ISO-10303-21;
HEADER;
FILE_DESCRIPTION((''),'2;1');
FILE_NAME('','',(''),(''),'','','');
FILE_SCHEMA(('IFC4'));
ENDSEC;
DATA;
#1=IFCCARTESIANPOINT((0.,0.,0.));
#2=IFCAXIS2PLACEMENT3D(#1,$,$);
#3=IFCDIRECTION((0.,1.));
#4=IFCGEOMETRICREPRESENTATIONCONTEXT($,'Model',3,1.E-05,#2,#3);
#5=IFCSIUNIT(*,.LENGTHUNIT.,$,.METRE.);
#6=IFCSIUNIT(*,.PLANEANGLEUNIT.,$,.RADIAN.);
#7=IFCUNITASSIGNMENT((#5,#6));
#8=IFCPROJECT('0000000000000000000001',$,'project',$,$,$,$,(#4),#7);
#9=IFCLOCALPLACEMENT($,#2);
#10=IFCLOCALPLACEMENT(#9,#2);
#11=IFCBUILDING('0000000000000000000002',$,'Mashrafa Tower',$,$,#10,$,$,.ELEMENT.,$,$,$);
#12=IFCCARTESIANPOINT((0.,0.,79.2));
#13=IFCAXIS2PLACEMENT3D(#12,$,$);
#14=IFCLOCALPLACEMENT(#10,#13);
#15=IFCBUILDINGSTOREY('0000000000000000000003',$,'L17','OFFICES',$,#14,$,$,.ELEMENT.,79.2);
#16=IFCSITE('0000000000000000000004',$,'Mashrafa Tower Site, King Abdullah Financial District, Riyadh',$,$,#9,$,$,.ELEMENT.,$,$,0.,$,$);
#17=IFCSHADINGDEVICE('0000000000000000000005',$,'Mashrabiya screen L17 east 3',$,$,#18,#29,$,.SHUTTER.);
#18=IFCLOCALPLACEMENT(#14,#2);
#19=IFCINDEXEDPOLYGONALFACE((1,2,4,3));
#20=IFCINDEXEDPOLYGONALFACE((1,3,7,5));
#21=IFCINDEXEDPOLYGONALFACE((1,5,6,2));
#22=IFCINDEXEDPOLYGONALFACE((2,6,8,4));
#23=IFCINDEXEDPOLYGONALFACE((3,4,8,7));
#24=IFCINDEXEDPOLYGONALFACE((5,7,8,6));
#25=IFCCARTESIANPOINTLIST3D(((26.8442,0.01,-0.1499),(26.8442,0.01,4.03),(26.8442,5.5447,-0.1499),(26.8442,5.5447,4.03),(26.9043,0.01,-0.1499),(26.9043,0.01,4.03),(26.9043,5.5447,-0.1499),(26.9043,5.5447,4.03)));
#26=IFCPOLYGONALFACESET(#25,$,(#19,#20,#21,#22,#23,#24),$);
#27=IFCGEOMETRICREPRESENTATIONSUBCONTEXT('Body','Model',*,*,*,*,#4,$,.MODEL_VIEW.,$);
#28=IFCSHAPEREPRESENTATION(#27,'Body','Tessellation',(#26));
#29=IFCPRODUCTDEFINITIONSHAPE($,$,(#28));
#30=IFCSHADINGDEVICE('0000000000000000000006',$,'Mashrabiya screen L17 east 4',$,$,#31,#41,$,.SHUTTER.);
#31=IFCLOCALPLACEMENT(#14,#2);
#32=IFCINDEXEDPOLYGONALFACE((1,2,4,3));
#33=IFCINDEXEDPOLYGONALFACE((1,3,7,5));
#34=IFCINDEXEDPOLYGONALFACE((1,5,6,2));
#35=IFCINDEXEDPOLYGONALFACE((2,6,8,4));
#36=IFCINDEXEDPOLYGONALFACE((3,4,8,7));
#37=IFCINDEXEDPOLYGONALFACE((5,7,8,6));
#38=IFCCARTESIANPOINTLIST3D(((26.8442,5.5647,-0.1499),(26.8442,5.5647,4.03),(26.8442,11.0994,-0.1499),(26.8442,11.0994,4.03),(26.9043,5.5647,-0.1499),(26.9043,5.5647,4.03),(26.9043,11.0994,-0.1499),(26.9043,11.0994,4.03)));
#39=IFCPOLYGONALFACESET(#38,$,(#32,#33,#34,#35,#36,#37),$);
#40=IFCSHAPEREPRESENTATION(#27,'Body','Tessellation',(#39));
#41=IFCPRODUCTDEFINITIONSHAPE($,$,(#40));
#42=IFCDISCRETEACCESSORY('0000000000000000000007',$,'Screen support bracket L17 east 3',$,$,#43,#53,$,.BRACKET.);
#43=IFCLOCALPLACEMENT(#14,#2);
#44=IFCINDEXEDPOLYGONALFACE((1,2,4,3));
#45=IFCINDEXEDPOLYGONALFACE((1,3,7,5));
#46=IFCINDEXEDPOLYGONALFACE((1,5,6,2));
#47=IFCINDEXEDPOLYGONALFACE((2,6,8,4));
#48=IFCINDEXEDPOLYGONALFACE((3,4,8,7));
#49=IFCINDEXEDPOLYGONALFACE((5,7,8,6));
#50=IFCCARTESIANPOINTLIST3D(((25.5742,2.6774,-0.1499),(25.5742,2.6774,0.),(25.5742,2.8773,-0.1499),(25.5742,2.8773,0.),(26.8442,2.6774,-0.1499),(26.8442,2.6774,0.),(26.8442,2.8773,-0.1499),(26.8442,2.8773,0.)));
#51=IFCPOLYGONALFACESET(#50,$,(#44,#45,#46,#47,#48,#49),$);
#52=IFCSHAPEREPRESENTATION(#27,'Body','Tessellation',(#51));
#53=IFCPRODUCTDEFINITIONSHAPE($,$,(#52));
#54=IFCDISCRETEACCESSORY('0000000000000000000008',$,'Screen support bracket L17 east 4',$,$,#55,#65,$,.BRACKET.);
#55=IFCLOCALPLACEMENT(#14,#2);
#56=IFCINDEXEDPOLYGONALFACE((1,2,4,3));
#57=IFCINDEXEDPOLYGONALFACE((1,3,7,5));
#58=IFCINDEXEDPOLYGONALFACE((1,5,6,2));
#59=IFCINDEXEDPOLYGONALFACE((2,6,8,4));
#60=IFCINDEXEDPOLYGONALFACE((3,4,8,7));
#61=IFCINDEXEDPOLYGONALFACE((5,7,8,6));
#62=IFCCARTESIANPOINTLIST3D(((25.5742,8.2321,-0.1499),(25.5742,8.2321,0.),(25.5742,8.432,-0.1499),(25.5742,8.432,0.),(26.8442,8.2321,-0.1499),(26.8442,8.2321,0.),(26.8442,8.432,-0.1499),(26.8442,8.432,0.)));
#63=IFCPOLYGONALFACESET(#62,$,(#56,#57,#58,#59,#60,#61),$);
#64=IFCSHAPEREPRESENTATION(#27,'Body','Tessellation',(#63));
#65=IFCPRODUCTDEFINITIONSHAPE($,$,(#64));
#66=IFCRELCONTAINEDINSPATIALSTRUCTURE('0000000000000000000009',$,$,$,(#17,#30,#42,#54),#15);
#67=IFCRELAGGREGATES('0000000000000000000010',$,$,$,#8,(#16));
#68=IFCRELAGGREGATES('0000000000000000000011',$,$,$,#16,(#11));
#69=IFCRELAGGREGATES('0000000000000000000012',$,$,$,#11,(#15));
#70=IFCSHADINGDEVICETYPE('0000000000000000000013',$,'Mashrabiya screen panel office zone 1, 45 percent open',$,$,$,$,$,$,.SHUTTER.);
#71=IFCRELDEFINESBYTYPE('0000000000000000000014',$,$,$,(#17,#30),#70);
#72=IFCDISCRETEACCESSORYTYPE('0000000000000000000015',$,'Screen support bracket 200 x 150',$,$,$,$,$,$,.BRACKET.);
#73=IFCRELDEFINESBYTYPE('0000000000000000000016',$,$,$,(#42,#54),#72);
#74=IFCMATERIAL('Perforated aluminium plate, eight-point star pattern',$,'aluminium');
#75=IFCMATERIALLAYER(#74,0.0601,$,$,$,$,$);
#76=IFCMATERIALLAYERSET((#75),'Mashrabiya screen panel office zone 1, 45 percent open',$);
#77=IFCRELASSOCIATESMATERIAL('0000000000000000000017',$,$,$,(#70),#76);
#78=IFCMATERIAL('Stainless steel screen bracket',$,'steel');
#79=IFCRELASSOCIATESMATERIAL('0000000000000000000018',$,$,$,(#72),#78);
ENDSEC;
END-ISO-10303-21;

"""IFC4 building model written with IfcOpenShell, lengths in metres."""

from ifc_helpers import new_model, si_unit, direction, frame, origin, origin_2d, place, context, subcontext, project, spatial, rectangle, extrude, source, transform, mapped, material, layer, layer_set, type_object, type_shapes, element, save


model = new_model("IFC4")

# Units and contexts
model_context = context("Model", 3, precision=1e-05, world=origin(), true_north=direction((0.0, 1.0)))
body_context = subcontext(model_context, "Body", "Model", "MODEL_VIEW")
ifc_project = project(units=[si_unit("LENGTHUNIT", "METRE"), si_unit("PLANEANGLEUNIT", "RADIAN")], contexts=[model_context])

# Site, building, storey
site_placement = place(None, origin())
site = spatial("IfcSite", under=ifc_project, at=site_placement, Name="Mashrafa Tower Site, King Abdullah Financial District, Riyadh", CompositionType="ELEMENT", RefElevation=0.0)
building_placement = place(site_placement, origin())
building = spatial("IfcBuilding", under=site, at=building_placement, Name="Mashrafa Tower", CompositionType="ELEMENT")
storey_placement = place(building_placement, frame((0.0, 0.0, 79.2)))
storey = spatial("IfcBuildingStorey", under=building, at=storey_placement, Name="L17", Description="OFFICES", CompositionType="ELEMENT", Elevation=79.2)

# Shading devices
ifc_material_1 = material(Name="Perforated aluminium plate, eight-point star pattern", Category="aluminium")
ifc_layer_1 = layer(ifc_material_1, 0.0601)
ifc_layer_set_1 = layer_set([ifc_layer_1], Name="Mashrabiya screen panel office zone 1, 45 percent open")
shading_device_type = type_object("IfcShadingDeviceType", Name="Mashrabiya screen panel office zone 1, 45 percent open", PredefinedType="SHUTTER", material=ifc_layer_set_1)
shared_shape_1 = source(origin(), body_context, "Body", "SweptSolid", [
    extrude(rectangle(XDim=5.5347, YDim=0.0601, at=origin_2d()), origin(), (0.0, 0.0, 1.0), 4.1799),
])
type_shapes(shading_device_type, [shared_shape_1])
for number, where, z_axis, x_axis, name in (
    (1, (26.8743, 2.7773, -0.1499), (0.0, 0.0, 1.0), (0.0, 1.0, 0.0), "Mashrabiya screen L17 east 3"),
    (2, (26.8743, 8.332, -0.1499), (0.0, 0.0, 1.0), (0.0, 1.0, 0.0), "Mashrabiya screen L17 east 4"),
):
    element("IfcShadingDevice", number, at=place(storey_placement, frame(where, z_axis=z_axis, x_axis=x_axis)), inside=storey, type_object=shading_device_type, Name=name, PredefinedType="SHUTTER", context=body_context, shape_type="MappedRepresentation", body=[
        mapped(shared_shape_1, transform((0.0, 0.0, 0.0))),
    ])

# Discrete accessories
ifc_material_2 = material(Name="Stainless steel screen bracket", Category="steel")
discrete_accessory_type = type_object("IfcDiscreteAccessoryType", Name="Screen support bracket 200 x 150", PredefinedType="BRACKET", material=ifc_material_2)
shared_shape_2 = source(origin(), body_context, "Body", "SweptSolid", [
    extrude(rectangle(XDim=0.2, YDim=1.27, at=origin_2d()), origin(), (0.0, 0.0, 1.0), 0.1499),
])
type_shapes(discrete_accessory_type, [shared_shape_2])
for number, where, z_axis, x_axis, name in (
    (3, (26.2092, 2.7773, -0.1499), (0.0, 0.0, 1.0), (0.0, 1.0, 0.0), "Screen support bracket L17 east 3"),
    (4, (26.2092, 8.332, -0.1499), (0.0, 0.0, 1.0), (0.0, 1.0, 0.0), "Screen support bracket L17 east 4"),
):
    element("IfcDiscreteAccessory", number, at=place(storey_placement, frame(where, z_axis=z_axis, x_axis=x_axis)), inside=storey, type_object=discrete_accessory_type, Name=name, PredefinedType="BRACKET", context=body_context, shape_type="MappedRepresentation", body=[
        mapped(shared_shape_2, transform((0.0, 0.0, 0.0))),
    ])

save(model, "model.ifc")
